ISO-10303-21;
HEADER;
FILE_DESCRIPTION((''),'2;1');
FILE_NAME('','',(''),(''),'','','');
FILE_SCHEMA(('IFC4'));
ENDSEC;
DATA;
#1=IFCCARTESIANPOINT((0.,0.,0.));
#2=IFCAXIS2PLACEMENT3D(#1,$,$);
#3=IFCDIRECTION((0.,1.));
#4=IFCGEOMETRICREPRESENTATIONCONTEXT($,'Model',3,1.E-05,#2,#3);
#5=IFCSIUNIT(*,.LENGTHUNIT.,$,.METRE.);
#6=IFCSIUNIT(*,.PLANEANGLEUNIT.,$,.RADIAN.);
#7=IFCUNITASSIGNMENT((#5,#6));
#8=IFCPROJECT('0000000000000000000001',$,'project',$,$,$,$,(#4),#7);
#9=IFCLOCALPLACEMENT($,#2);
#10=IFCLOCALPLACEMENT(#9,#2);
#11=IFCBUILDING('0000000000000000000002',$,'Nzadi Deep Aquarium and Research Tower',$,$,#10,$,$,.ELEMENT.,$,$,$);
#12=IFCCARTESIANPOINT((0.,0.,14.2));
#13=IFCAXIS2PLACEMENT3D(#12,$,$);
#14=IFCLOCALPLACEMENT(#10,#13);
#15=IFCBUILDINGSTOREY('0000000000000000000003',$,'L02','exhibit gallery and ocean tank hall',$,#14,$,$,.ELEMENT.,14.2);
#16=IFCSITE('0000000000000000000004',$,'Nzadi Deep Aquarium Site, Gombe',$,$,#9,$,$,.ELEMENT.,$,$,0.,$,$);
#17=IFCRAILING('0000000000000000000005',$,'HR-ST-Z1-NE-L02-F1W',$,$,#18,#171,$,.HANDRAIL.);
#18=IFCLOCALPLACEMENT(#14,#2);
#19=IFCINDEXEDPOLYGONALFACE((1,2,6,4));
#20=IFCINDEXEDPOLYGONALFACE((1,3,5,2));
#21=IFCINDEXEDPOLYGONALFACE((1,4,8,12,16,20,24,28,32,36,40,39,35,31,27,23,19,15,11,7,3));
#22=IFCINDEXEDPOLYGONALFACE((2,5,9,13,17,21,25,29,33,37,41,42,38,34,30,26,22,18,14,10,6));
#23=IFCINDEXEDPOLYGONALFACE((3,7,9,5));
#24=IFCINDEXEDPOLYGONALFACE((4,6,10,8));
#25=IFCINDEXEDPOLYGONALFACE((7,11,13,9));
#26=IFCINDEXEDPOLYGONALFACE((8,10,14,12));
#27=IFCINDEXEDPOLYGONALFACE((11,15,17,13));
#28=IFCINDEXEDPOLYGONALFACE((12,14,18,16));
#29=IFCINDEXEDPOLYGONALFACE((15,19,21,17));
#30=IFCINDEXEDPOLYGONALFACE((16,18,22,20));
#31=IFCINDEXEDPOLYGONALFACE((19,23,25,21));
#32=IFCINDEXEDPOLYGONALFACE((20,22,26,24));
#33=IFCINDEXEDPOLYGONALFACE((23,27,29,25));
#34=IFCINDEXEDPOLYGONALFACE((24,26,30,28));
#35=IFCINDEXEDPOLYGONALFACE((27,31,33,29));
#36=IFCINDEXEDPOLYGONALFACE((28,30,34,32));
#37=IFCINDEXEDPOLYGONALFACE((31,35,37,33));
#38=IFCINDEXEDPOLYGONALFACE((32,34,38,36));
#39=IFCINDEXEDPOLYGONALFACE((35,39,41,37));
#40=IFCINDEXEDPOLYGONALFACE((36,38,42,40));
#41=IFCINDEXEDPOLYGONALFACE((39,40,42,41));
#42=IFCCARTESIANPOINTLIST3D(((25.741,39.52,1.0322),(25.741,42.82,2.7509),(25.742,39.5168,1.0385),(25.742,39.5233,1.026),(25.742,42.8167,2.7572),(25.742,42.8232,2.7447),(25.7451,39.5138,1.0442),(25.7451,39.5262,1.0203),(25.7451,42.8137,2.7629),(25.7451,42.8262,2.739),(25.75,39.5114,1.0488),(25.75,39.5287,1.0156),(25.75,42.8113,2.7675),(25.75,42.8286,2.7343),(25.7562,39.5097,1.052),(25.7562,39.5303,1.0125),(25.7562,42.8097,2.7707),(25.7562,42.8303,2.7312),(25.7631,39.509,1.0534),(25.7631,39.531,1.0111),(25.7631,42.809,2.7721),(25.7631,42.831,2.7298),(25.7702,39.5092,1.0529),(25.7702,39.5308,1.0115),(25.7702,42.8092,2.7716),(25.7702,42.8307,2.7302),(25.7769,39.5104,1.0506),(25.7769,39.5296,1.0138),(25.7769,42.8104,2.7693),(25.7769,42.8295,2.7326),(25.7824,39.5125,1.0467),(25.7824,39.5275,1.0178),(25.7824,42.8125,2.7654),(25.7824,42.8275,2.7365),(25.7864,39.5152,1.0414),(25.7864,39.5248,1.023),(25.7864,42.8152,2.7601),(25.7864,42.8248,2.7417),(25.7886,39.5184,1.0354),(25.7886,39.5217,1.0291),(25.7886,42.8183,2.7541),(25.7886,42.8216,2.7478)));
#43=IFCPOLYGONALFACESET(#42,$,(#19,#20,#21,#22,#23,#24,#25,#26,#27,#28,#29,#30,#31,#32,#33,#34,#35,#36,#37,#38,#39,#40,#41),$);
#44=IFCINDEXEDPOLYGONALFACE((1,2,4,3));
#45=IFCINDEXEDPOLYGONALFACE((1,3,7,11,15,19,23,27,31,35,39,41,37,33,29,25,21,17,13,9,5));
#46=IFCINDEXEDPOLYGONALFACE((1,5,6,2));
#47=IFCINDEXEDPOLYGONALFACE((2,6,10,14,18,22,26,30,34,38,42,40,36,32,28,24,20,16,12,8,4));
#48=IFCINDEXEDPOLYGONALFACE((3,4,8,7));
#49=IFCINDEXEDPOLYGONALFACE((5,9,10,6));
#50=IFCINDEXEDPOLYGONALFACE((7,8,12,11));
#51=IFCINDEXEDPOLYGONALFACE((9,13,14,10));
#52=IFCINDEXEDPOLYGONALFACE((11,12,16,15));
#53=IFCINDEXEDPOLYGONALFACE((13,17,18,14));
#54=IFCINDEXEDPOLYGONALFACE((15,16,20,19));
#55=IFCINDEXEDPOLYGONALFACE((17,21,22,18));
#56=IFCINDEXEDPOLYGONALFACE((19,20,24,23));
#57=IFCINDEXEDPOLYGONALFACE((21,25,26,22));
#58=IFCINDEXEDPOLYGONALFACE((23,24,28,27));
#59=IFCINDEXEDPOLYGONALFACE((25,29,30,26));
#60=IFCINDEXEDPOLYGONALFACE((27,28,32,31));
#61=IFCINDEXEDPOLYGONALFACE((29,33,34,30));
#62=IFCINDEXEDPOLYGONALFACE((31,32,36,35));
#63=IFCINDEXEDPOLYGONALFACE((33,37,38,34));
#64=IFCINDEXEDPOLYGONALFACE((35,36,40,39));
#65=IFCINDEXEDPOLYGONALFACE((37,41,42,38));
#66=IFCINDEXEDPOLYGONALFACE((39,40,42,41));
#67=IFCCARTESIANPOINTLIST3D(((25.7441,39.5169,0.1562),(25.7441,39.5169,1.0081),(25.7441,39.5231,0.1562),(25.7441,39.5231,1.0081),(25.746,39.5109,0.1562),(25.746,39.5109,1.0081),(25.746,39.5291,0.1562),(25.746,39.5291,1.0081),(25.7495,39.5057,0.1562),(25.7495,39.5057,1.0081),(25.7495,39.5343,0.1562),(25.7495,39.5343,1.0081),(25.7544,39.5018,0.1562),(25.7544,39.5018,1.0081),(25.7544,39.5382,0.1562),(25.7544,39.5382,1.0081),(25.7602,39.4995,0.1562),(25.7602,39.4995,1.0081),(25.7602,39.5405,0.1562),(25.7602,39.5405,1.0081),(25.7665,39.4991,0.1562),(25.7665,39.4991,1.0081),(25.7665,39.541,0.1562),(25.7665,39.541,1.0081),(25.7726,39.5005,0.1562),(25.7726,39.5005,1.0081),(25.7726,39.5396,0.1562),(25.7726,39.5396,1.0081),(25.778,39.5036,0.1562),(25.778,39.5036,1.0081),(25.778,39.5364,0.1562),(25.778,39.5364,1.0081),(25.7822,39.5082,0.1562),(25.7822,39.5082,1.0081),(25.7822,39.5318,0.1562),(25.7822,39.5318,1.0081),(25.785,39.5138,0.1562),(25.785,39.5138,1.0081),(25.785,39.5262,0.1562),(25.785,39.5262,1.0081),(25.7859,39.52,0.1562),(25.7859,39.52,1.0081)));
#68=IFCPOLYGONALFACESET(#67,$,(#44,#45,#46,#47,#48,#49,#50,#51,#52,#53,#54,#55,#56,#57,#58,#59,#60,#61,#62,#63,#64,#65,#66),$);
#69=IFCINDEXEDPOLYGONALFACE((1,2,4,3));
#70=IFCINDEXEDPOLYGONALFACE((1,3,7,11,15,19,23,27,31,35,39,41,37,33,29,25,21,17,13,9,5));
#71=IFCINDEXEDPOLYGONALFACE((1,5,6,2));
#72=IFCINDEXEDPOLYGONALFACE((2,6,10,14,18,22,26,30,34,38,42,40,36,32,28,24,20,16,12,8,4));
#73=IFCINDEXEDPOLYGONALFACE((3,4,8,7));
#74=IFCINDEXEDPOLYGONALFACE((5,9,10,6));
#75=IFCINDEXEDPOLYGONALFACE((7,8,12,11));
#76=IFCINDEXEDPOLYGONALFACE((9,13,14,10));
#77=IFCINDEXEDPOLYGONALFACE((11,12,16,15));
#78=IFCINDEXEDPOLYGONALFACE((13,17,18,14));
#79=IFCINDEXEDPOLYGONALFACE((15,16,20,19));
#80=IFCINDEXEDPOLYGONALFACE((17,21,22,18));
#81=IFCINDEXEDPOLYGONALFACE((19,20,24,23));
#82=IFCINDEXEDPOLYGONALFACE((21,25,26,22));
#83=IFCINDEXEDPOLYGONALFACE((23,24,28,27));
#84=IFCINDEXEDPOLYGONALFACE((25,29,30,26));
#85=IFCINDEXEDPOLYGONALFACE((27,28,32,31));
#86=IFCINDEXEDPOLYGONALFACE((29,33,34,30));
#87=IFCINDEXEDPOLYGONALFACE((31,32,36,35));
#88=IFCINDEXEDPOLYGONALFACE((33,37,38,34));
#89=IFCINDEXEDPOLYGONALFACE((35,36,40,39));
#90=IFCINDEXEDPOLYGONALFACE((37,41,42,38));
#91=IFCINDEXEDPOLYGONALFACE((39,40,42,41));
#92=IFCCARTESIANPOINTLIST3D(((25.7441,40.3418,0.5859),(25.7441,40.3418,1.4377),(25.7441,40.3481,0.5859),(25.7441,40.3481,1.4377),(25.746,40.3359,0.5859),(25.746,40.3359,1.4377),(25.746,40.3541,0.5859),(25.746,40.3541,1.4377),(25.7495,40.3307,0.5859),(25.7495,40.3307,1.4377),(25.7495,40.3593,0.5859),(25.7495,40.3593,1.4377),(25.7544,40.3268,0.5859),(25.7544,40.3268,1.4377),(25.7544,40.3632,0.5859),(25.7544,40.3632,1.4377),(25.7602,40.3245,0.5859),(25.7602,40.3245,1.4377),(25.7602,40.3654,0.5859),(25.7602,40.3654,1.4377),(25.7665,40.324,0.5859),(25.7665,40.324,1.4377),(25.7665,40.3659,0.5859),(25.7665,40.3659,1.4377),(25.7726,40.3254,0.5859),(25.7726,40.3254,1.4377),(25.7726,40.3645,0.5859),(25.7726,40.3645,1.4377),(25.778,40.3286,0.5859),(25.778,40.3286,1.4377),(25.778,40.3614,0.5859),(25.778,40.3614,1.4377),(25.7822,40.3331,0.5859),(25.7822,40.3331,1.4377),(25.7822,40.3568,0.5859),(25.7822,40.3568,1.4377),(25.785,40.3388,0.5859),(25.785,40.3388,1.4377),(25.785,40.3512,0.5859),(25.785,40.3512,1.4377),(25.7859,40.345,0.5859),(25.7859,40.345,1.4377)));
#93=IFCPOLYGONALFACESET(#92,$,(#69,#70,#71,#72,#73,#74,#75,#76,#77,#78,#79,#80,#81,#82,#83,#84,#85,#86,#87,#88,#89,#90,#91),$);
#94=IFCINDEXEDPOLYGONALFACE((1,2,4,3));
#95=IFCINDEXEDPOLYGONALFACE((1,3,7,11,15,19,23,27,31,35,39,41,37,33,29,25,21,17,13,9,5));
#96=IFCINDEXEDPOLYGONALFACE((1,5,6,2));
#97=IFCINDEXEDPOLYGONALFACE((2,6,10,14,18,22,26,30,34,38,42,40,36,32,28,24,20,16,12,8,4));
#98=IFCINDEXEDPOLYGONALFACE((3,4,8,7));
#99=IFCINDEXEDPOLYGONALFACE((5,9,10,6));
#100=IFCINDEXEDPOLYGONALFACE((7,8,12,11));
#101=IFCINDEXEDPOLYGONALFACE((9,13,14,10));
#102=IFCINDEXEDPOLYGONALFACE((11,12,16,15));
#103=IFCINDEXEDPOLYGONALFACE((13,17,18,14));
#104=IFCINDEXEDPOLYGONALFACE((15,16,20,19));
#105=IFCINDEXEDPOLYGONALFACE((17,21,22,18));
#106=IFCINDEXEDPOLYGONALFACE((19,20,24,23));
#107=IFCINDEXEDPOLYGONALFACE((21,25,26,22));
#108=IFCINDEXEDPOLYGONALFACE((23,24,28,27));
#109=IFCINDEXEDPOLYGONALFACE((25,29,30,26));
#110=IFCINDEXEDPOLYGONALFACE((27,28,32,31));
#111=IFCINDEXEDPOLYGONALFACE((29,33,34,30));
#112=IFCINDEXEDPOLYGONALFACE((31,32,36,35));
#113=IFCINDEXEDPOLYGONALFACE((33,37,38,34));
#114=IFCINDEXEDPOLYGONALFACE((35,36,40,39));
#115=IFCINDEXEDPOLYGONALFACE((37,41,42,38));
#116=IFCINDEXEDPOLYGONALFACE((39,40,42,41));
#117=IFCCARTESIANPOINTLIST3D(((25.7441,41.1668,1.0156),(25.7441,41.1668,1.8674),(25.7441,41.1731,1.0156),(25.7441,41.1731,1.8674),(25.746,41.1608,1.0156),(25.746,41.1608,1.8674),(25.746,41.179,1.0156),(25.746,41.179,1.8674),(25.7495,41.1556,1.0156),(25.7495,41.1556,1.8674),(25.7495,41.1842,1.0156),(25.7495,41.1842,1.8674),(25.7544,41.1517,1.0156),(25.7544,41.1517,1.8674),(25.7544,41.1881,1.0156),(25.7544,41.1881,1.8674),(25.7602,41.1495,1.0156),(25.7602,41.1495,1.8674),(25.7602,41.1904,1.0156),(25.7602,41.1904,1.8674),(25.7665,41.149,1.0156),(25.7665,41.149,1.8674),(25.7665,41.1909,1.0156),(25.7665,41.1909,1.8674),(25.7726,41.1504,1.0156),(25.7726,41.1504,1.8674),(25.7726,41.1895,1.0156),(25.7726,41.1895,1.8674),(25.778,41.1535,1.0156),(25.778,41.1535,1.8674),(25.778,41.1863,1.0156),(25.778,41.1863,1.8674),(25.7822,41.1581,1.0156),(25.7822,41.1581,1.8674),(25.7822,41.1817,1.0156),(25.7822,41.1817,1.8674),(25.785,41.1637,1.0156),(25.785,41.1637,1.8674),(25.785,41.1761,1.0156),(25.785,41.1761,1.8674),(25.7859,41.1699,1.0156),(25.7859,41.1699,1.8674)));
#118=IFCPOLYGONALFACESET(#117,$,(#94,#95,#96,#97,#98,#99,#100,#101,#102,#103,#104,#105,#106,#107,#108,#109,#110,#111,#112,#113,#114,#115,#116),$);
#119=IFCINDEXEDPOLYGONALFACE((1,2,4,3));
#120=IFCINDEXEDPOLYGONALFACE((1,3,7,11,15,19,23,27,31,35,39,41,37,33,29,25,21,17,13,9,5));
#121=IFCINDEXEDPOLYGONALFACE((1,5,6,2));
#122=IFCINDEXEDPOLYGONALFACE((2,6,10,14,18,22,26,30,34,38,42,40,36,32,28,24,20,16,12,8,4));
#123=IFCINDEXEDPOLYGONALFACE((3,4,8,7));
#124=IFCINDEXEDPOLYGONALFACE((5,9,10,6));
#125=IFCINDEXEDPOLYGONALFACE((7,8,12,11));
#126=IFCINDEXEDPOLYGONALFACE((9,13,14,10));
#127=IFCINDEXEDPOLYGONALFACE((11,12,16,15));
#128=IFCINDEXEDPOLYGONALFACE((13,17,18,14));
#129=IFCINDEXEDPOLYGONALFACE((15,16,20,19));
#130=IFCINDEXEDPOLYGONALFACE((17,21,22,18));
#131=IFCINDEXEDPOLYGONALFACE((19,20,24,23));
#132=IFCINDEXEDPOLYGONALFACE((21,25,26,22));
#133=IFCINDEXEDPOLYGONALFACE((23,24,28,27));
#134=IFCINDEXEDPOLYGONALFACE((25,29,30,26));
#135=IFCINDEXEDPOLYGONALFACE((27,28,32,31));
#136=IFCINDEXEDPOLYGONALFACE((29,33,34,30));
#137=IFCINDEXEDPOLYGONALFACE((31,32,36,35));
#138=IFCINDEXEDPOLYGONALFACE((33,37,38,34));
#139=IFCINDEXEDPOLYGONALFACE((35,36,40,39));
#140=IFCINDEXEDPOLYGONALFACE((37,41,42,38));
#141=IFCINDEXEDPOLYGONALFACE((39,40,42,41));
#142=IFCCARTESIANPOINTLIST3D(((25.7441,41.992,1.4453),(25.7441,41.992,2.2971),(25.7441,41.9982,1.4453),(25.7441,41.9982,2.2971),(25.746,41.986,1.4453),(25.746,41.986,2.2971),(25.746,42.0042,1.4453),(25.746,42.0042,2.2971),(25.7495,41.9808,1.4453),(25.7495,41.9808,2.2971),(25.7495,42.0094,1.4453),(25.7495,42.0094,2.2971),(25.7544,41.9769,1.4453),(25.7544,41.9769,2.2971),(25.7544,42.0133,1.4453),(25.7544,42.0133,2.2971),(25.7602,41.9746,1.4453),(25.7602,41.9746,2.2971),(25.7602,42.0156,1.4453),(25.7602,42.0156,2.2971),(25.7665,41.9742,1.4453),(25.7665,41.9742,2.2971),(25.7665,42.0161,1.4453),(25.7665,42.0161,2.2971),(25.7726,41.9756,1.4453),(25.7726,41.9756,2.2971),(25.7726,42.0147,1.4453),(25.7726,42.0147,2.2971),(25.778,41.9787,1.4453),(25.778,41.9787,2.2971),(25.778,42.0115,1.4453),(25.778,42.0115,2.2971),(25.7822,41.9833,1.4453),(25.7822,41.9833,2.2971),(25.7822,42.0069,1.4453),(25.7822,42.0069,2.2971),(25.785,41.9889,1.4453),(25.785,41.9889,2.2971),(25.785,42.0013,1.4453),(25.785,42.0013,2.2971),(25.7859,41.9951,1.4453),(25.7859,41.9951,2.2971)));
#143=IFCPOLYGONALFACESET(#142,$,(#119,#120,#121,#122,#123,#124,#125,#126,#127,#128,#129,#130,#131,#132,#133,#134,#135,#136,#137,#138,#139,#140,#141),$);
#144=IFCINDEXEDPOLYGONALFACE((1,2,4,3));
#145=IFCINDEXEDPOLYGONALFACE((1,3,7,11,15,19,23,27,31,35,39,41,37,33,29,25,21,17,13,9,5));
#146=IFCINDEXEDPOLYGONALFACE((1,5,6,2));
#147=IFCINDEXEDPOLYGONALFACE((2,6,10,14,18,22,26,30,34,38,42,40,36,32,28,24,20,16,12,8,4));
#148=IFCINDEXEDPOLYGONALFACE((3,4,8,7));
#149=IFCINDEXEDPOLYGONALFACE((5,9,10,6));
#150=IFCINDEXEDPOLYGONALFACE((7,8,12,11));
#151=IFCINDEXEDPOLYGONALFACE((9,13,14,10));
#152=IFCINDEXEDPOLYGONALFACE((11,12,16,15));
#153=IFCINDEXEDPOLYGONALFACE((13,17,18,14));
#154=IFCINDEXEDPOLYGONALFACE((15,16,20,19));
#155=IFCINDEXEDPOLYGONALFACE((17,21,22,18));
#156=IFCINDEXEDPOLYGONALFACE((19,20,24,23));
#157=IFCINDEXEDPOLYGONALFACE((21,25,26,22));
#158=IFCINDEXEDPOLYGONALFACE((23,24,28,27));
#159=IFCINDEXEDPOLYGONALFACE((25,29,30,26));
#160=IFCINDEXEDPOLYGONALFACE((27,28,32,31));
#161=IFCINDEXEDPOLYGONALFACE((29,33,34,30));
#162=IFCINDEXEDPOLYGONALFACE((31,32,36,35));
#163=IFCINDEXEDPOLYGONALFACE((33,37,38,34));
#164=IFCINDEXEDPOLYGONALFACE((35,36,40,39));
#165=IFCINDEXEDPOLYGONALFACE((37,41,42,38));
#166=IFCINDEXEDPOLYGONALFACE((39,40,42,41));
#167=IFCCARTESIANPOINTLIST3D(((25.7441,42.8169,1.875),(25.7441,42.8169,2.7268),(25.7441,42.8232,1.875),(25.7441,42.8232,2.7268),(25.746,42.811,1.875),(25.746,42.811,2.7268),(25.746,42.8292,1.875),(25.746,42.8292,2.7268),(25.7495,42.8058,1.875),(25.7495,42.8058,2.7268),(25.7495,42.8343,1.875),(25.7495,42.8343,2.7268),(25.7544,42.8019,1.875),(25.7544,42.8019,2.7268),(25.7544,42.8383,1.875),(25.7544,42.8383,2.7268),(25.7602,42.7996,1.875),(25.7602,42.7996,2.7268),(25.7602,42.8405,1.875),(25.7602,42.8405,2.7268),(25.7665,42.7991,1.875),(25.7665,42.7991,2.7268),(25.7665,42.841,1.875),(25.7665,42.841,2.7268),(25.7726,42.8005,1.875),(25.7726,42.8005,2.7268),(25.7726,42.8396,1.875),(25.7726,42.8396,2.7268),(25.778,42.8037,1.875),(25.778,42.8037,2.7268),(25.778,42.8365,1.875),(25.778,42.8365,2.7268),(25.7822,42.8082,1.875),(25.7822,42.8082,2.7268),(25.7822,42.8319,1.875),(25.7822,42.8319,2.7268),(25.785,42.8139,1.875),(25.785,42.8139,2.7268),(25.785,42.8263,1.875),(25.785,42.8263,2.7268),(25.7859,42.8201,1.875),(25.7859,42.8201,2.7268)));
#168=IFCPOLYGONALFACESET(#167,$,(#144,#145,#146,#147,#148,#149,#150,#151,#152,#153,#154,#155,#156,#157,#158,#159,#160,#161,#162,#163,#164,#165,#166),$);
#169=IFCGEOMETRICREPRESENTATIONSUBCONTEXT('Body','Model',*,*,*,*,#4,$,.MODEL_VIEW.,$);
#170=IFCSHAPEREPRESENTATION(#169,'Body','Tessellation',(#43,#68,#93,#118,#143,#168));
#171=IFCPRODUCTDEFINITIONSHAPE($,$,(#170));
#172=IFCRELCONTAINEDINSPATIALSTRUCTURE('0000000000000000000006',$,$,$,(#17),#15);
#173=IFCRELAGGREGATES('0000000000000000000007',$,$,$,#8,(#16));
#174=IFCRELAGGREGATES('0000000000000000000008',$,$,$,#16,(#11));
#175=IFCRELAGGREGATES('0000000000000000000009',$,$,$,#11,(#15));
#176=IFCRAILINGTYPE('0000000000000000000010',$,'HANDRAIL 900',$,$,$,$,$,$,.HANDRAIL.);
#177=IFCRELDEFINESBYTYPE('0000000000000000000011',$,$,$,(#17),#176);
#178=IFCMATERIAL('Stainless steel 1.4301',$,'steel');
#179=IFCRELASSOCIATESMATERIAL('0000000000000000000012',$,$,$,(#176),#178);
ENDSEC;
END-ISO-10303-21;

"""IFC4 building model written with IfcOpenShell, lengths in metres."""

from ifc_helpers import new_model, si_unit, direction, frame, origin, origin_2d, place, context, subcontext, project, spatial, circle, extrude, material, type_object, element, save


model = new_model("IFC4")

# Units and contexts
model_context = context("Model", 3, precision=1e-05, world=origin(), true_north=direction((0.0, 1.0)))
body_context = subcontext(model_context, "Body", "Model", "MODEL_VIEW")
ifc_project = project(units=[si_unit("LENGTHUNIT", "METRE"), si_unit("PLANEANGLEUNIT", "RADIAN")], contexts=[model_context])

# Site, building, storey
site_placement = place(None, origin())
site = spatial("IfcSite", under=ifc_project, at=site_placement, Name="Nzadi Deep Aquarium Site, Gombe", CompositionType="ELEMENT", RefElevation=0.0)
building_placement = place(site_placement, origin())
building = spatial("IfcBuilding", under=site, at=building_placement, Name="Nzadi Deep Aquarium and Research Tower", CompositionType="ELEMENT")
storey_placement = place(building_placement, frame((0.0, 0.0, 14.2)))
storey = spatial("IfcBuildingStorey", under=building, at=storey_placement, Name="L02", Description="exhibit gallery and ocean tank hall", CompositionType="ELEMENT", Elevation=14.2)

# Railing
ifc_material_1 = material(Name="Stainless steel 1.4301", Category="steel")
railing_type = type_object("IfcRailingType", Name="HANDRAIL 900", PredefinedType="HANDRAIL", material=ifc_material_1)
railing_1_placement = place(storey_placement, frame((25.7649, 39.52, 0.1562)))
element("IfcRailing", 1, at=railing_1_placement, inside=storey, type_object=railing_type, Name="HR-ST-Z1-NE-L02-F1W", PredefinedType="HANDRAIL", context=body_context, shape_type="SweptSolid", body=[
    extrude(circle(Radius=0.0239, at=origin_2d()), frame((0.0, 0.0, 0.876), z_axis=(0.0, 0.886917, 0.461929), x_axis=(-1.0, 0.0, 0.0)), (0.0, 0.0, 1.0), 3.7207),
    extrude(circle(Radius=0.021, at=origin_2d()), origin(), (0.0, 0.0, 1.0), 0.8518),
    extrude(circle(Radius=0.021, at=origin_2d()), frame((0.0, 0.825, 0.4297)), (0.0, 0.0, 1.0), 0.8518),
    extrude(circle(Radius=0.021, at=origin_2d()), frame((0.0, 1.6499, 0.8594)), (0.0, 0.0, 1.0), 0.8518),
    extrude(circle(Radius=0.021, at=origin_2d()), frame((0.0, 2.4751, 1.2891)), (0.0, 0.0, 1.0), 0.8518),
    extrude(circle(Radius=0.021, at=origin_2d()), frame((0.0, 3.3, 1.7188)), (0.0, 0.0, 1.0), 0.8518),
])

save(model, "model.ifc")
